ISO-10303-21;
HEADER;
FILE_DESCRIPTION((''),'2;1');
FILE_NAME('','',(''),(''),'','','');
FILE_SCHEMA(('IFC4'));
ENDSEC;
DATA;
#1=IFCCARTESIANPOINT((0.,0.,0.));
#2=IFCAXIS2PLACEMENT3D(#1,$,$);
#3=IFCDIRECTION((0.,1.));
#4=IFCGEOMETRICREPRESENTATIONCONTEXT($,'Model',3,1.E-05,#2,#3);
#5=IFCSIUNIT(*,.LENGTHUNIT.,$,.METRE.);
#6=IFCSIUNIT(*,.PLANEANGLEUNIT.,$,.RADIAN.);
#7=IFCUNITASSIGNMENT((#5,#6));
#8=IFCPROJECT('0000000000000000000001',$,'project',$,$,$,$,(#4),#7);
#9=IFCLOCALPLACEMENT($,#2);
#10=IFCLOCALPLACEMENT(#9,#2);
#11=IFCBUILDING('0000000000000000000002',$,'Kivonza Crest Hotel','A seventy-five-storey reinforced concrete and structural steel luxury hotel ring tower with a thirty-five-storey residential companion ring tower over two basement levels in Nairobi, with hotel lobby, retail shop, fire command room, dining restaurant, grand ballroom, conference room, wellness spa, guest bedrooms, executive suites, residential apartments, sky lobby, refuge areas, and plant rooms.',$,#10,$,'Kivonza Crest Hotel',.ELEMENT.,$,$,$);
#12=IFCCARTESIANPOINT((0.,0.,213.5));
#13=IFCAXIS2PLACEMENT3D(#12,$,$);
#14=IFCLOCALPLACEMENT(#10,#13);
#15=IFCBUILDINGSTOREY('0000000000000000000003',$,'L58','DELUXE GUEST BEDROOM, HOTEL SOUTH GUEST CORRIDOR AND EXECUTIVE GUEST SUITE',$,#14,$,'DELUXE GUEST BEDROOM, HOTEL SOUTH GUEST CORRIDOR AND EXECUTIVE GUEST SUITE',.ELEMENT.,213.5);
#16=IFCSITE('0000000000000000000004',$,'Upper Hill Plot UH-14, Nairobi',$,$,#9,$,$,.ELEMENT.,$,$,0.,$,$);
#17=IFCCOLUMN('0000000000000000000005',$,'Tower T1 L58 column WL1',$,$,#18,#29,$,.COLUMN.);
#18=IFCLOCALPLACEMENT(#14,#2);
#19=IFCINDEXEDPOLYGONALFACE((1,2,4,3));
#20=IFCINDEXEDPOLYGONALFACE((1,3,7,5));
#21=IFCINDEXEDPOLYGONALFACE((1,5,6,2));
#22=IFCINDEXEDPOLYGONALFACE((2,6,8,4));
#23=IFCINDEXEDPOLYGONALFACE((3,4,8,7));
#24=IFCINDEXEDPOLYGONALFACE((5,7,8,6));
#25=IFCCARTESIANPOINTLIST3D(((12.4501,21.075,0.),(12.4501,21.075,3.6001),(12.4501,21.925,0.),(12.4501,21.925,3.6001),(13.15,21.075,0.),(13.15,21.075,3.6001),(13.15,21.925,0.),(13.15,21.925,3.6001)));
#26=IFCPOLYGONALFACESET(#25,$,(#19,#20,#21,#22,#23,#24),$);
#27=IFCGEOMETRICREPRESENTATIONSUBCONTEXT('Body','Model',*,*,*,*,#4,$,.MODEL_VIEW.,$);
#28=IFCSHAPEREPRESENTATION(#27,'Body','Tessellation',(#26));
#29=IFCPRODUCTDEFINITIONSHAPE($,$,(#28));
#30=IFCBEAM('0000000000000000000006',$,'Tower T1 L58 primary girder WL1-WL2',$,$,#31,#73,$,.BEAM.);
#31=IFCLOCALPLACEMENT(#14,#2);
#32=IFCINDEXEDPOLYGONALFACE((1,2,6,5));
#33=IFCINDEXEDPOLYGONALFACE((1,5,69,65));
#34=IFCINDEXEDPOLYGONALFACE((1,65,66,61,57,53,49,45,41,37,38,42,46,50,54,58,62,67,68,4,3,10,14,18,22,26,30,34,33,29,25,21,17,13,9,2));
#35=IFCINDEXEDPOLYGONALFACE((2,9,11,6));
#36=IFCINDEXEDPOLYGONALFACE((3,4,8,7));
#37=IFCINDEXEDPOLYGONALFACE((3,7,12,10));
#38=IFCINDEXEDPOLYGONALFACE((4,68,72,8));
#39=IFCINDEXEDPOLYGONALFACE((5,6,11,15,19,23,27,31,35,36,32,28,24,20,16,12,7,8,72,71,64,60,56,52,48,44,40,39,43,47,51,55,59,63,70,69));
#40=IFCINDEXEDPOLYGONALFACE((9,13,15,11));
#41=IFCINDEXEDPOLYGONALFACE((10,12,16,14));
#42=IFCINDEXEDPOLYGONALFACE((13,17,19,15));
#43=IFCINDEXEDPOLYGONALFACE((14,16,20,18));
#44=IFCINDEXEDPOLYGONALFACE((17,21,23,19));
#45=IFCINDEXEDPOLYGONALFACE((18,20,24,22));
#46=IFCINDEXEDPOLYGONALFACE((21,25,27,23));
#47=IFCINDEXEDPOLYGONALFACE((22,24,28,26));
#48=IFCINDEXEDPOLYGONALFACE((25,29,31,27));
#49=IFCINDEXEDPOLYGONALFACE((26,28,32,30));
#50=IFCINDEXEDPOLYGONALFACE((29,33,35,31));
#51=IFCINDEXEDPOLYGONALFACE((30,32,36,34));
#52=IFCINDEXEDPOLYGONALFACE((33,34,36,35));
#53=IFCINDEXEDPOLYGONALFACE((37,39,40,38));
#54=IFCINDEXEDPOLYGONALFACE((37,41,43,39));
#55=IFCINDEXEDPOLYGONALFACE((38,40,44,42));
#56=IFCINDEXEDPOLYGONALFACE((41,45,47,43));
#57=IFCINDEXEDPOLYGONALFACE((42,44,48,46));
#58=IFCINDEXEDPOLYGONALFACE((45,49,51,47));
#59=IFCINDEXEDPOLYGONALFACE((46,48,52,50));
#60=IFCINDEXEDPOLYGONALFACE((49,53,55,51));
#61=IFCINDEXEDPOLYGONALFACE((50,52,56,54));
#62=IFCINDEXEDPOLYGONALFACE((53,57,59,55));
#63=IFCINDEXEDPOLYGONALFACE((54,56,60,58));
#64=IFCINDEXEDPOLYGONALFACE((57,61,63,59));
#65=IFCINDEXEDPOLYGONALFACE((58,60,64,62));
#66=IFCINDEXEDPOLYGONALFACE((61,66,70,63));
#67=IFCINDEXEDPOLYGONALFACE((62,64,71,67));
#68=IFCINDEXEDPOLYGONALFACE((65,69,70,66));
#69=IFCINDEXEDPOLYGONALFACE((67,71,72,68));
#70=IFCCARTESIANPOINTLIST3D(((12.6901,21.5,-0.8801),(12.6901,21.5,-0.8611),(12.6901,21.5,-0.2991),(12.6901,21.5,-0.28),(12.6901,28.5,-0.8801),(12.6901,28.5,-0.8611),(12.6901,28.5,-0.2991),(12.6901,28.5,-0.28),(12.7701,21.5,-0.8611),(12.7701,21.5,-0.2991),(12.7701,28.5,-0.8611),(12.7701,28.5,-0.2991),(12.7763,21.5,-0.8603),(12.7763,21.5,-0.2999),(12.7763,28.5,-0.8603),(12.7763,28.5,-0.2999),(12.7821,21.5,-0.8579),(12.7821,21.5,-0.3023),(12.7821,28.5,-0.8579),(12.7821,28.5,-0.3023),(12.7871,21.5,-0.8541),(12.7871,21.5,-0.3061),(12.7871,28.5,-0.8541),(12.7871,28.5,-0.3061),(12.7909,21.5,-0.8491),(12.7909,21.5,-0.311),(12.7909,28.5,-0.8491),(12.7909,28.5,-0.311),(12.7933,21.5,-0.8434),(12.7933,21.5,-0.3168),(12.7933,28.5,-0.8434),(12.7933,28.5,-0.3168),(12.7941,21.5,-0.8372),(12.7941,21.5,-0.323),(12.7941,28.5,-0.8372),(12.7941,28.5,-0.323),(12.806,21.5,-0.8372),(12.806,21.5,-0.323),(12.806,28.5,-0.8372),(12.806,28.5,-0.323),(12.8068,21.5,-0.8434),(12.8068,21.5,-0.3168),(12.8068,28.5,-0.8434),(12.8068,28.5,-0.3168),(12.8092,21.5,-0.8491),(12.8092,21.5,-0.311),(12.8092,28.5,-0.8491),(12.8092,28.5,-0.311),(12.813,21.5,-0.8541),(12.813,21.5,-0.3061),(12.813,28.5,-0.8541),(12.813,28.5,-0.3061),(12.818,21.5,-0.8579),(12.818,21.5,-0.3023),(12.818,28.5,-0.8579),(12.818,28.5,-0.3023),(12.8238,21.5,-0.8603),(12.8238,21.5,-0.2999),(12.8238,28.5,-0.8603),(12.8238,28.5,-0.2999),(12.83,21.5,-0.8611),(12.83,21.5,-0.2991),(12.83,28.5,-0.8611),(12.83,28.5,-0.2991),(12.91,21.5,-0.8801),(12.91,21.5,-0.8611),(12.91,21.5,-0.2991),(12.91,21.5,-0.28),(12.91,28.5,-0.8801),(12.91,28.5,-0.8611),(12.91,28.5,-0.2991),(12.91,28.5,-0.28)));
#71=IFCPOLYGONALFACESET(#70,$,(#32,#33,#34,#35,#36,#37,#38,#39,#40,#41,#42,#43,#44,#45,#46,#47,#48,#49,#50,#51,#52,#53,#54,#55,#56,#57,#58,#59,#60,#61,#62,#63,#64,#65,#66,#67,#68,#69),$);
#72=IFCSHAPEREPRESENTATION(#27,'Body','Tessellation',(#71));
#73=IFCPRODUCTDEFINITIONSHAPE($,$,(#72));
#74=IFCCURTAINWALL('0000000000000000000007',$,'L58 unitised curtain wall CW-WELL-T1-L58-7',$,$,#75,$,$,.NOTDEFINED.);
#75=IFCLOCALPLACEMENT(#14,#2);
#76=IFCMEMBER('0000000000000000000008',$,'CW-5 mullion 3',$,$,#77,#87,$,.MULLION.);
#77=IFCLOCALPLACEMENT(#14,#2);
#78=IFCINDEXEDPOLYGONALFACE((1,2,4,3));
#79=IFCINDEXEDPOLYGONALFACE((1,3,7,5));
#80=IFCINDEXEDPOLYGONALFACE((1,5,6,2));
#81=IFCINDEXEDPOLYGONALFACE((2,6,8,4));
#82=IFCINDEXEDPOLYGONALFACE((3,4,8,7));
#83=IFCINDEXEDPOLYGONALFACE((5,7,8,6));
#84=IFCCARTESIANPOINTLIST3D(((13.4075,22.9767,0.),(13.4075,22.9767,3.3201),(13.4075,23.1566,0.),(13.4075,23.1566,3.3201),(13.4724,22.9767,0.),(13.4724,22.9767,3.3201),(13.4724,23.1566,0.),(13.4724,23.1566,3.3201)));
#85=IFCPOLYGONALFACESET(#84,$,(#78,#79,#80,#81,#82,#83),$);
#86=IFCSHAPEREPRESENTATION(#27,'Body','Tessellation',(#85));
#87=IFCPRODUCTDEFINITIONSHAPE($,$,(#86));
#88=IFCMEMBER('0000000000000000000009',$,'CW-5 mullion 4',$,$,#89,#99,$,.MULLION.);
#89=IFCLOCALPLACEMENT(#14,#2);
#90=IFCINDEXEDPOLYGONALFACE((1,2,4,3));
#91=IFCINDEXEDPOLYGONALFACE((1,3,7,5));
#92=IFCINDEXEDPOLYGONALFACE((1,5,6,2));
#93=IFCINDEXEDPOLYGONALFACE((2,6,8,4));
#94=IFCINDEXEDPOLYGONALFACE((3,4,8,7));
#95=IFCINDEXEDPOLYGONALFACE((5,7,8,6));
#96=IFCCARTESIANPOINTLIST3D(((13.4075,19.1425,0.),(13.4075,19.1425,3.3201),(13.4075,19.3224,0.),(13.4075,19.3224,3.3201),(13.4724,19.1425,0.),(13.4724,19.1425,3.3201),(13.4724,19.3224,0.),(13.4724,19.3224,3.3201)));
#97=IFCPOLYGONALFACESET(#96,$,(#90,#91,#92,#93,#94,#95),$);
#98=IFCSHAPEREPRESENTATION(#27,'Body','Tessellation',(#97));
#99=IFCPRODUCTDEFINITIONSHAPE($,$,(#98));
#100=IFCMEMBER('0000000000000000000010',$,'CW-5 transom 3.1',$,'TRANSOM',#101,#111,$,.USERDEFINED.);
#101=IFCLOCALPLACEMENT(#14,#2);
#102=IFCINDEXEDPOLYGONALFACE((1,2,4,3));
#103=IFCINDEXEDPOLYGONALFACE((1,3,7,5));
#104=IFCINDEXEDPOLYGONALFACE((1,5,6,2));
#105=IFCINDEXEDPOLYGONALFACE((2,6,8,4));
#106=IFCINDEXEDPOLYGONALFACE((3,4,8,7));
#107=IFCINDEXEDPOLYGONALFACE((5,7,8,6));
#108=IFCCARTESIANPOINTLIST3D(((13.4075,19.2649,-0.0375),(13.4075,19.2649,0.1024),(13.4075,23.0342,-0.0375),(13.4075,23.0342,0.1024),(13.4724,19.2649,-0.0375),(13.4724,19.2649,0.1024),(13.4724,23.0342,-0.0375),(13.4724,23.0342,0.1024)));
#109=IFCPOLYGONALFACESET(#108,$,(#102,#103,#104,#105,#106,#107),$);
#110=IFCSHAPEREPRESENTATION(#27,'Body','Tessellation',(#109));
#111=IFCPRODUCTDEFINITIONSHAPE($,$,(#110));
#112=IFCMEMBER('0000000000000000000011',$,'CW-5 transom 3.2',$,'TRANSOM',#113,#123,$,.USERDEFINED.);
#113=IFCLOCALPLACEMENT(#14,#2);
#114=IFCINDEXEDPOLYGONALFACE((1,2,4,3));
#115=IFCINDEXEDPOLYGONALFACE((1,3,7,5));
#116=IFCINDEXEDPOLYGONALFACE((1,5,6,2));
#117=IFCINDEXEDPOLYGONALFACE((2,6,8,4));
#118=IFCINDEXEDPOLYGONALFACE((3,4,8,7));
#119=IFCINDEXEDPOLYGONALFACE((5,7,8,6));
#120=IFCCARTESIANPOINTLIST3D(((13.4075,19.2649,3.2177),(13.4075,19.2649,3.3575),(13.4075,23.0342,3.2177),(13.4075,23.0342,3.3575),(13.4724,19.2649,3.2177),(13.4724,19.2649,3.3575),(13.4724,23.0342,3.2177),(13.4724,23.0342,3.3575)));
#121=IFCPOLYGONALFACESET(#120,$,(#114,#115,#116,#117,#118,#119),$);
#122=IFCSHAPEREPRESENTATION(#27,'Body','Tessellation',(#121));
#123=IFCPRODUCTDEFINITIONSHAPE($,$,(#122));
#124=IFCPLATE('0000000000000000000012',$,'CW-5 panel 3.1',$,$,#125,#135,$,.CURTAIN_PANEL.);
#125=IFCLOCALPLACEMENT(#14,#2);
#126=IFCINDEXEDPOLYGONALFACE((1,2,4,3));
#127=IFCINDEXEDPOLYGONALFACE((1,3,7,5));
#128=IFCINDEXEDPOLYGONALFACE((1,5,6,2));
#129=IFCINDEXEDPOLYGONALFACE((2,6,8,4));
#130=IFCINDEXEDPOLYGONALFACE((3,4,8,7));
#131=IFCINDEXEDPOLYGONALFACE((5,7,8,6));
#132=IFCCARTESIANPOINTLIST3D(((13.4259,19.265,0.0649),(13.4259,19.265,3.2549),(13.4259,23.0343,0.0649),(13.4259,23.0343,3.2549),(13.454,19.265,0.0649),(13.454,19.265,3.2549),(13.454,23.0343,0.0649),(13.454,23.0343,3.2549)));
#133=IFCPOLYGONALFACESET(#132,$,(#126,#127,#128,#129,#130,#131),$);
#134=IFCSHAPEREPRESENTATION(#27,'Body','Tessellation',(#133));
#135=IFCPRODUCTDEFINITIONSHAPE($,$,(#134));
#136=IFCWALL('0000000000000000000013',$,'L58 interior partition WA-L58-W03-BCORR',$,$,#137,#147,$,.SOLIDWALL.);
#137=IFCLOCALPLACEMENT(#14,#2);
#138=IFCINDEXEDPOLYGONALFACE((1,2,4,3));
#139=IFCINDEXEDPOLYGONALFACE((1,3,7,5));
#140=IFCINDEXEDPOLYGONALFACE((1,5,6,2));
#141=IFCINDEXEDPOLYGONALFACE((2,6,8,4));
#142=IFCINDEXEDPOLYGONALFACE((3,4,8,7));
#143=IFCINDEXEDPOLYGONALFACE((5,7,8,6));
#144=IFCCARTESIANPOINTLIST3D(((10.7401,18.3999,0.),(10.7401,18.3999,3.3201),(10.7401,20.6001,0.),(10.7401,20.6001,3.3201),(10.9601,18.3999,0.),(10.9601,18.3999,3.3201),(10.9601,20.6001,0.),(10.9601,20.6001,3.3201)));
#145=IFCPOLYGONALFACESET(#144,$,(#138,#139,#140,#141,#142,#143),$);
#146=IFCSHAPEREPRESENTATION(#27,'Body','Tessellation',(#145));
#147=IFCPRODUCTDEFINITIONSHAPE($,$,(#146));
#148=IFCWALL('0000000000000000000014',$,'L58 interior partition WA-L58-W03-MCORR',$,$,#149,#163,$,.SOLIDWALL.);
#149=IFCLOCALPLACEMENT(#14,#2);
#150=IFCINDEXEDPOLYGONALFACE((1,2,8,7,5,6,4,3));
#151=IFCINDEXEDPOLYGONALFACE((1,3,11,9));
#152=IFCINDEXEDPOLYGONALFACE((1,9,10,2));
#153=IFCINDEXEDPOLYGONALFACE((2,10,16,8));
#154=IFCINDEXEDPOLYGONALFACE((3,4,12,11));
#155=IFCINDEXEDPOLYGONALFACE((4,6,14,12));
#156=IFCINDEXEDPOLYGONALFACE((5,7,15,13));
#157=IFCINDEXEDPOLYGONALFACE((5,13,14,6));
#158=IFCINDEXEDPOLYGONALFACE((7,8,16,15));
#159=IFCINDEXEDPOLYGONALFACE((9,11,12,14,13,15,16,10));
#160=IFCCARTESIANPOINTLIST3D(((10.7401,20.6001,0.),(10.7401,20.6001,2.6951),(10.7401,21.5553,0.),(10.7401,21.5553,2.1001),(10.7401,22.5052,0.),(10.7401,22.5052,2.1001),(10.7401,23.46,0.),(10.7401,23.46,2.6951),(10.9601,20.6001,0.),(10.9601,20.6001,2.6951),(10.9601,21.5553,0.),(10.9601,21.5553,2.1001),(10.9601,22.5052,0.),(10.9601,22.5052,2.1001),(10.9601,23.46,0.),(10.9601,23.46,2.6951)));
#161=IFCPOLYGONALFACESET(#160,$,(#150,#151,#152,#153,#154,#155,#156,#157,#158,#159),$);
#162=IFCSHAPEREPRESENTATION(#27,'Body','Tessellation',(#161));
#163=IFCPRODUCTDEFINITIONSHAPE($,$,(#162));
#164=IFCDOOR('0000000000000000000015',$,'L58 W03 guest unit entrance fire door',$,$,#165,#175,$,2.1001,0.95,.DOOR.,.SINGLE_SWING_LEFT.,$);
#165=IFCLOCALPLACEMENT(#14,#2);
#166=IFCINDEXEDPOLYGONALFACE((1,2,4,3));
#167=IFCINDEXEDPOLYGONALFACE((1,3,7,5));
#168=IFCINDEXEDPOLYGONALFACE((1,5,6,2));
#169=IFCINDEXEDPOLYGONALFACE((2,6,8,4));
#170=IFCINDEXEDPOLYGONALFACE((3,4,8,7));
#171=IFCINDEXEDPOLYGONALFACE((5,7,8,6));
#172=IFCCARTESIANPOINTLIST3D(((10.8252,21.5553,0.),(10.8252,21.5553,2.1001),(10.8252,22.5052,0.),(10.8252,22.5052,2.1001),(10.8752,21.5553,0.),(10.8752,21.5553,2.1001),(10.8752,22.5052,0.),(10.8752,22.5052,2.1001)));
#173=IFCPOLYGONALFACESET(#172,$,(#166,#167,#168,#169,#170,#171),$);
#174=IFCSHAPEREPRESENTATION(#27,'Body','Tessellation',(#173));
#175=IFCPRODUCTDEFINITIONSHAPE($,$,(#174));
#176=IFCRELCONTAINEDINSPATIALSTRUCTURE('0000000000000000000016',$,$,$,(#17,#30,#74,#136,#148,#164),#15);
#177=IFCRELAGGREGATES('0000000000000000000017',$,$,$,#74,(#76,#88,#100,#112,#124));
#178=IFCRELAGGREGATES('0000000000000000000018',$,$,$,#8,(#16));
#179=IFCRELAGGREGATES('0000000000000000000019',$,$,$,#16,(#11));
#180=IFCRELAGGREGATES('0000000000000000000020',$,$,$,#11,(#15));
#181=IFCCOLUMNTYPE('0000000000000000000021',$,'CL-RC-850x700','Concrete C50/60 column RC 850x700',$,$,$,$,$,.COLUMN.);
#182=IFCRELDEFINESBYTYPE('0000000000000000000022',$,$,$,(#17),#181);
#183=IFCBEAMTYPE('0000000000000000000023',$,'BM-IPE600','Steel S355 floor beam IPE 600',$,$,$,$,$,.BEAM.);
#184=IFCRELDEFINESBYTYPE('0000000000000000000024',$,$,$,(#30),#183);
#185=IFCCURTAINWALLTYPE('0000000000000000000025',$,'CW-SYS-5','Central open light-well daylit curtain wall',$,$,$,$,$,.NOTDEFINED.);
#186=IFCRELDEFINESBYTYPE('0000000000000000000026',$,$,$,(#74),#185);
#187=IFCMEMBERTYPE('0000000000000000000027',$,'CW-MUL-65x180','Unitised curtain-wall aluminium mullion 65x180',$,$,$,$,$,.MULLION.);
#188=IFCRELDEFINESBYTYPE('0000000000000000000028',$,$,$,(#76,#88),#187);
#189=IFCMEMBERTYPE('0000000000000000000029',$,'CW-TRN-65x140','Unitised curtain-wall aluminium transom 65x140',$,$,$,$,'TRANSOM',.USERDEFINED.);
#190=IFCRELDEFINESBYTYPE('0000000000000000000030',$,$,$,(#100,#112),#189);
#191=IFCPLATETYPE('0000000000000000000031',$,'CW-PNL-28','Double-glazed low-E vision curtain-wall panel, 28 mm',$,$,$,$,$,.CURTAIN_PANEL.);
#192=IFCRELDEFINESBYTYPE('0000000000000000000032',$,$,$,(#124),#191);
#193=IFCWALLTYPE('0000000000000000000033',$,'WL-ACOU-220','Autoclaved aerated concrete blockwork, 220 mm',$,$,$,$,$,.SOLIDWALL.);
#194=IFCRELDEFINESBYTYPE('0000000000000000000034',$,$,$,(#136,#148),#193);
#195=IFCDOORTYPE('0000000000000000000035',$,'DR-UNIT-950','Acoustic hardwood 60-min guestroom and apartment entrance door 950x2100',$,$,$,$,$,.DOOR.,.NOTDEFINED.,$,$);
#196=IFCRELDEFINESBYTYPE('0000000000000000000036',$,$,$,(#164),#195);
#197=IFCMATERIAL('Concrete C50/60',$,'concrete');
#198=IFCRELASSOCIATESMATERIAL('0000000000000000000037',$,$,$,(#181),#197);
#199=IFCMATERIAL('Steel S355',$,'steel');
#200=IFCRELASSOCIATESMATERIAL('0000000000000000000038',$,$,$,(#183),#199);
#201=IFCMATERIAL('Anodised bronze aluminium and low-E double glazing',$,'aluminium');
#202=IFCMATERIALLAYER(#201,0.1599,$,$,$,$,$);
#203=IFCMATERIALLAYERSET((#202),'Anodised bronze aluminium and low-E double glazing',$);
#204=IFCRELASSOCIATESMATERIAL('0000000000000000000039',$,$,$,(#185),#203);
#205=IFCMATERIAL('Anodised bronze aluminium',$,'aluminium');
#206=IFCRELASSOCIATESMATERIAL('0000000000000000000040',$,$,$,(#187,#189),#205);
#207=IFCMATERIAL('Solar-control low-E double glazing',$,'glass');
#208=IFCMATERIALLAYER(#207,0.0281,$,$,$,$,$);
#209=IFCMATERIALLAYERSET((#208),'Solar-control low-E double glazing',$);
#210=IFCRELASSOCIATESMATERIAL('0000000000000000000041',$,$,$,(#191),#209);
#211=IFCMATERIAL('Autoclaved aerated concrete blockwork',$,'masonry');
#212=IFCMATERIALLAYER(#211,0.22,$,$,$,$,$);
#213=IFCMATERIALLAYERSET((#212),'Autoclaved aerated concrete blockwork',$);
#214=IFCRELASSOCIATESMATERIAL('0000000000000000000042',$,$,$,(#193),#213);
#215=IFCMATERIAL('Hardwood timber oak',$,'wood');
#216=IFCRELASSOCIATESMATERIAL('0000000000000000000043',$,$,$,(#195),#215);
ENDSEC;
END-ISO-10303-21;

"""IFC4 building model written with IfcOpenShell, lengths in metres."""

from ifc_helpers import new_model, si_unit, direction, frame, frame_2d, origin, origin_2d, place, context, subcontext, project, spatial, rectangle, i_section, extrude, material, layer, layer_set, material_profile, profile_set, type_object, element, fill, aggregate, save


model = new_model("IFC4")

# Units and contexts
model_context = context("Model", 3, precision=1e-05, world=origin(), true_north=direction((0.0, 1.0)))
body_context = subcontext(model_context, "Body", "Model", "MODEL_VIEW")
ifc_project = project(units=[si_unit("LENGTHUNIT", "METRE"), si_unit("PLANEANGLEUNIT", "RADIAN")], contexts=[model_context])

# Site, building, storey
site_placement = place(None, origin())
site = spatial("IfcSite", under=ifc_project, at=site_placement, Name="Upper Hill Plot UH-14, Nairobi", CompositionType="ELEMENT", RefElevation=0.0)
building_placement = place(site_placement, origin())
building = spatial("IfcBuilding", under=site, at=building_placement, Name="Kivonza Crest Hotel", Description="A seventy-five-storey reinforced concrete and structural steel luxury hotel ring tower with a thirty-five-storey residential companion ring tower over two basement levels in Nairobi, with hotel lobby, retail shop, fire command room, dining restaurant, grand ballroom, conference room, wellness spa, guest bedrooms, executive suites, residential apartments, sky lobby, refuge areas, and plant rooms.", LongName="Kivonza Crest Hotel", CompositionType="ELEMENT")
storey_placement = place(building_placement, frame((0.0, 0.0, 213.5)))
storey = spatial("IfcBuildingStorey", under=building, at=storey_placement, Name="L58", Description="DELUXE GUEST BEDROOM, HOTEL SOUTH GUEST CORRIDOR AND EXECUTIVE GUEST SUITE", LongName="DELUXE GUEST BEDROOM, HOTEL SOUTH GUEST CORRIDOR AND EXECUTIVE GUEST SUITE", CompositionType="ELEMENT", Elevation=213.5)

# Column
ifc_material_1 = material(Name="Concrete C50/60", Category="concrete")
ifc_material_profile_1 = material_profile(ifc_material_1, rectangle(XDim=0.7, YDim=0.8501, at=origin_2d()), Name="RC 850x700")
ifc_profile_set_1 = profile_set([ifc_material_profile_1], Name="Concrete C50/60")
column_type = type_object("IfcColumnType", Name="CL-RC-850x700", Description="Concrete C50/60 column RC 850x700", PredefinedType="COLUMN", material=ifc_profile_set_1)
column_placement = place(storey_placement, frame((12.8, 21.5, 0.0), z_axis=(0.0, 0.0, 1.0), x_axis=(1.0, 0.0, 0.0)))
element("IfcColumn", 1, at=column_placement, inside=storey, type_object=column_type, Name="Tower T1 L58 column WL1", PredefinedType="COLUMN", context=body_context, shape_type="SweptSolid", body=[
    extrude(rectangle(XDim=0.7, YDim=0.8501, at=origin_2d()), origin(), (0.0, 0.0, 1.0), 3.6001),
])

# Beam
ifc_material_2 = material(Name="Steel S355", Category="steel")
ifc_material_profile_2 = material_profile(ifc_material_2, i_section(OverallWidth=0.22, OverallDepth=0.6001, WebThickness=0.012, FlangeThickness=0.019, FilletRadius=0.0239, at=origin_2d()), Name="IPE 600")
ifc_profile_set_2 = profile_set([ifc_material_profile_2], Name="Steel S355")
beam_type = type_object("IfcBeamType", Name="BM-IPE600", Description="Steel S355 floor beam IPE 600", PredefinedType="BEAM", material=ifc_profile_set_2)
beam_placement = place(storey_placement, frame((12.8, 21.5, -0.5801), z_axis=(0.0, 1.0, 0.0), x_axis=(-1.0, 0.0, 0.0)))
element("IfcBeam", 2, at=beam_placement, inside=storey, type_object=beam_type, Name="Tower T1 L58 primary girder WL1-WL2", PredefinedType="BEAM", context=body_context, shape_type="SweptSolid", body=[
    extrude(i_section(OverallWidth=0.22, OverallDepth=0.6001, WebThickness=0.012, FlangeThickness=0.019, FilletRadius=0.0239, at=origin_2d()), origin(), (0.0, 0.0, 1.0), 7.0),
])

# Curtain wall, members, plate
ifc_material_3 = material(Name="Anodised bronze aluminium and low-E double glazing", Category="aluminium")
ifc_layer_1 = layer(ifc_material_3, 0.1599)
ifc_layer_set_1 = layer_set([ifc_layer_1], Name="Anodised bronze aluminium and low-E double glazing")
curtain_wall_type = type_object("IfcCurtainWallType", Name="CW-SYS-5", Description="Central open light-well daylit curtain wall", PredefinedType="NOTDEFINED", material=ifc_layer_set_1)
curtain_wall_placement = place(storey_placement, origin())
curtain_wall = element("IfcCurtainWall", 3, at=curtain_wall_placement, inside=storey, type_object=curtain_wall_type, Name="L58 unitised curtain wall CW-WELL-T1-L58-7", PredefinedType="NOTDEFINED")
ifc_material_4 = material(Name="Anodised bronze aluminium", Category="aluminium")
ifc_material_profile_3 = material_profile(ifc_material_4, rectangle(XDim=0.0649, YDim=0.1799, at=origin_2d()), Name="CW-M 65x180")
ifc_profile_set_3 = profile_set([ifc_material_profile_3], Name="Anodised bronze aluminium")
member_type_1 = type_object("IfcMemberType", Name="CW-MUL-65x180", Description="Unitised curtain-wall aluminium mullion 65x180", PredefinedType="MULLION", material=ifc_profile_set_3)
member_1_placement = place(storey_placement, frame((13.4399, 23.0667, 0.0), z_axis=(0.0, 0.0, 1.0), x_axis=(1.0, 0.0, 0.0)))
member_1 = element("IfcMember", 4, at=member_1_placement, type_object=member_type_1, Name="CW-5 mullion 3", PredefinedType="MULLION", context=body_context, shape_type="SweptSolid", body=[
    extrude(rectangle(XDim=0.0649, YDim=0.1799, at=origin_2d()), origin(), (0.0, 0.0, 1.0), 3.3201),
])
member_2_placement = place(storey_placement, frame((13.4399, 19.2324, 0.0), z_axis=(0.0, 0.0, 1.0), x_axis=(1.0, 0.0, 0.0)))
member_2 = element("IfcMember", 5, at=member_2_placement, type_object=member_type_1, Name="CW-5 mullion 4", PredefinedType="MULLION", context=body_context, shape_type="SweptSolid", body=[
    extrude(rectangle(XDim=0.0649, YDim=0.1799, at=origin_2d()), origin(), (0.0, 0.0, 1.0), 3.3201),
])
ifc_material_profile_4 = material_profile(ifc_material_4, rectangle(XDim=0.0649, YDim=0.1399, at=origin_2d()), Name="CW-T 65x140")
ifc_profile_set_4 = profile_set([ifc_material_profile_4], Name="Anodised bronze aluminium")
member_type_2 = type_object("IfcMemberType", Name="CW-TRN-65x140", Description="Unitised curtain-wall aluminium transom 65x140", ElementType="TRANSOM", PredefinedType="USERDEFINED", material=ifc_profile_set_4)
member_3_placement = place(storey_placement, frame((13.4399, 23.0342, 0.0325), z_axis=(0.0, -1.0, 0.0), x_axis=(1.0, 0.0, 0.0)))
member_3 = element("IfcMember", 6, at=member_3_placement, type_object=member_type_2, Name="CW-5 transom 3.1", ObjectType="TRANSOM", PredefinedType="USERDEFINED", context=body_context, shape_type="SweptSolid", body=[
    extrude(rectangle(XDim=0.0649, YDim=0.1399, at=origin_2d()), origin(), (0.0, 0.0, 1.0), 3.7693),
])
member_4_placement = place(storey_placement, frame((13.4399, 23.0342, 3.2876), z_axis=(0.0, -1.0, 0.0), x_axis=(1.0, 0.0, 0.0)))
member_4 = element("IfcMember", 7, at=member_4_placement, type_object=member_type_2, Name="CW-5 transom 3.2", ObjectType="TRANSOM", PredefinedType="USERDEFINED", context=body_context, shape_type="SweptSolid", body=[
    extrude(rectangle(XDim=0.0649, YDim=0.1399, at=origin_2d()), origin(), (0.0, 0.0, 1.0), 3.7693),
])
ifc_material_5 = material(Name="Solar-control low-E double glazing", Category="glass")
ifc_layer_2 = layer(ifc_material_5, 0.0281)
ifc_layer_set_2 = layer_set([ifc_layer_2], Name="Solar-control low-E double glazing")
plate_type = type_object("IfcPlateType", Name="CW-PNL-28", Description="Double-glazed low-E vision curtain-wall panel, 28 mm", PredefinedType="CURTAIN_PANEL", material=ifc_layer_set_2)
plate_placement = place(storey_placement, frame((13.4399, 21.1497, 0.0649), z_axis=(0.0, 0.0, 1.0), x_axis=(0.0, -1.0, 0.0)))
plate = element("IfcPlate", 8, at=plate_placement, type_object=plate_type, Name="CW-5 panel 3.1", PredefinedType="CURTAIN_PANEL", context=body_context, shape_type="SweptSolid", body=[
    extrude(rectangle(XDim=3.7693, YDim=0.0281, at=origin_2d()), origin(), (0.0, 0.0, 1.0), 3.1899),
])
aggregate(curtain_wall, [member_1, member_2, member_3, member_4, plate])

# Wall
ifc_material_6 = material(Name="Autoclaved aerated concrete blockwork", Category="masonry")
ifc_layer_3 = layer(ifc_material_6, 0.22)
ifc_layer_set_3 = layer_set([ifc_layer_3], Name="Autoclaved aerated concrete blockwork")
wall_type_1 = type_object("IfcWallType", Name="WL-ACOU-220", Description="Autoclaved aerated concrete blockwork, 220 mm", PredefinedType="SOLIDWALL", material=ifc_layer_set_3)
wall_1_placement = place(storey_placement, frame((10.8501, 18.3999, 0.0), z_axis=(0.0, 0.0, 1.0), x_axis=(0.0, 1.0, 0.0)))
element("IfcWall", 9, at=wall_1_placement, inside=storey, type_object=wall_type_1, Name="L58 interior partition WA-L58-W03-BCORR", PredefinedType="SOLIDWALL", context=body_context, shape_type="SweptSolid", body=[
    extrude(rectangle(XDim=2.2002, YDim=0.22, at=frame_2d((1.1001, 0.0))), origin(), (0.0, 0.0, 1.0), 3.3201),
])

# Wall, opening, door
wall_2_placement = place(storey_placement, frame((10.8501, 20.6001, 0.0), z_axis=(0.0, 0.0, 1.0), x_axis=(0.0, 1.0, 0.0)))
wall_2 = element("IfcWall", 10, at=wall_2_placement, inside=storey, type_object=wall_type_1, Name="L58 interior partition WA-L58-W03-MCORR", PredefinedType="SOLIDWALL", context=body_context, shape_type="SweptSolid", body=[
    extrude(rectangle(XDim=2.8599, YDim=0.22, at=frame_2d((1.4299, 0.0))), origin(), (0.0, 0.0, 1.0), 2.6951),
])
opening_1_placement = place(wall_2_placement, frame((0.9551, 0.0, 0.0)))
opening_1 = element("IfcOpeningElement", 11, at=opening_1_placement, cuts=wall_2, PredefinedType="OPENING", context=body_context, shape_type="SweptSolid", body=[
    extrude(rectangle(XDim=0.95, YDim=2.1001, at=frame_2d((0.4751, 1.05))), frame((0.0, 0.1201, 0.0), z_axis=(0.0, -1.0, 0.0), x_axis=(1.0, 0.0, 0.0)), (0.0, 0.0, 1.0), 0.24),
])
ifc_material_7 = material(Name="Hardwood timber oak", Category="wood")
door_type_1 = type_object("IfcDoorType", Name="DR-UNIT-950", Description="Acoustic hardwood 60-min guestroom and apartment entrance door 950x2100", OperationType="NOTDEFINED", PredefinedType="DOOR", material=ifc_material_7)
door_1_placement = place(opening_1_placement, origin())
door_1 = element("IfcDoor", 12, at=door_1_placement, inside=storey, type_object=door_type_1, Name="L58 W03 guest unit entrance fire door", OperationType="SINGLE_SWING_LEFT", OverallHeight=2.1001, OverallWidth=0.95, PredefinedType="DOOR", context=body_context, shape_type="SweptSolid", body=[
    extrude(rectangle(XDim=0.95, YDim=2.1001, at=frame_2d((0.4751, 1.05))), frame((0.0, 0.0249, 0.0), z_axis=(0.0, -1.0, 0.0), x_axis=(1.0, 0.0, 0.0)), (0.0, 0.0, 1.0), 0.05),
])
fill(opening_1, door_1)

save(model, "model.ifc")
